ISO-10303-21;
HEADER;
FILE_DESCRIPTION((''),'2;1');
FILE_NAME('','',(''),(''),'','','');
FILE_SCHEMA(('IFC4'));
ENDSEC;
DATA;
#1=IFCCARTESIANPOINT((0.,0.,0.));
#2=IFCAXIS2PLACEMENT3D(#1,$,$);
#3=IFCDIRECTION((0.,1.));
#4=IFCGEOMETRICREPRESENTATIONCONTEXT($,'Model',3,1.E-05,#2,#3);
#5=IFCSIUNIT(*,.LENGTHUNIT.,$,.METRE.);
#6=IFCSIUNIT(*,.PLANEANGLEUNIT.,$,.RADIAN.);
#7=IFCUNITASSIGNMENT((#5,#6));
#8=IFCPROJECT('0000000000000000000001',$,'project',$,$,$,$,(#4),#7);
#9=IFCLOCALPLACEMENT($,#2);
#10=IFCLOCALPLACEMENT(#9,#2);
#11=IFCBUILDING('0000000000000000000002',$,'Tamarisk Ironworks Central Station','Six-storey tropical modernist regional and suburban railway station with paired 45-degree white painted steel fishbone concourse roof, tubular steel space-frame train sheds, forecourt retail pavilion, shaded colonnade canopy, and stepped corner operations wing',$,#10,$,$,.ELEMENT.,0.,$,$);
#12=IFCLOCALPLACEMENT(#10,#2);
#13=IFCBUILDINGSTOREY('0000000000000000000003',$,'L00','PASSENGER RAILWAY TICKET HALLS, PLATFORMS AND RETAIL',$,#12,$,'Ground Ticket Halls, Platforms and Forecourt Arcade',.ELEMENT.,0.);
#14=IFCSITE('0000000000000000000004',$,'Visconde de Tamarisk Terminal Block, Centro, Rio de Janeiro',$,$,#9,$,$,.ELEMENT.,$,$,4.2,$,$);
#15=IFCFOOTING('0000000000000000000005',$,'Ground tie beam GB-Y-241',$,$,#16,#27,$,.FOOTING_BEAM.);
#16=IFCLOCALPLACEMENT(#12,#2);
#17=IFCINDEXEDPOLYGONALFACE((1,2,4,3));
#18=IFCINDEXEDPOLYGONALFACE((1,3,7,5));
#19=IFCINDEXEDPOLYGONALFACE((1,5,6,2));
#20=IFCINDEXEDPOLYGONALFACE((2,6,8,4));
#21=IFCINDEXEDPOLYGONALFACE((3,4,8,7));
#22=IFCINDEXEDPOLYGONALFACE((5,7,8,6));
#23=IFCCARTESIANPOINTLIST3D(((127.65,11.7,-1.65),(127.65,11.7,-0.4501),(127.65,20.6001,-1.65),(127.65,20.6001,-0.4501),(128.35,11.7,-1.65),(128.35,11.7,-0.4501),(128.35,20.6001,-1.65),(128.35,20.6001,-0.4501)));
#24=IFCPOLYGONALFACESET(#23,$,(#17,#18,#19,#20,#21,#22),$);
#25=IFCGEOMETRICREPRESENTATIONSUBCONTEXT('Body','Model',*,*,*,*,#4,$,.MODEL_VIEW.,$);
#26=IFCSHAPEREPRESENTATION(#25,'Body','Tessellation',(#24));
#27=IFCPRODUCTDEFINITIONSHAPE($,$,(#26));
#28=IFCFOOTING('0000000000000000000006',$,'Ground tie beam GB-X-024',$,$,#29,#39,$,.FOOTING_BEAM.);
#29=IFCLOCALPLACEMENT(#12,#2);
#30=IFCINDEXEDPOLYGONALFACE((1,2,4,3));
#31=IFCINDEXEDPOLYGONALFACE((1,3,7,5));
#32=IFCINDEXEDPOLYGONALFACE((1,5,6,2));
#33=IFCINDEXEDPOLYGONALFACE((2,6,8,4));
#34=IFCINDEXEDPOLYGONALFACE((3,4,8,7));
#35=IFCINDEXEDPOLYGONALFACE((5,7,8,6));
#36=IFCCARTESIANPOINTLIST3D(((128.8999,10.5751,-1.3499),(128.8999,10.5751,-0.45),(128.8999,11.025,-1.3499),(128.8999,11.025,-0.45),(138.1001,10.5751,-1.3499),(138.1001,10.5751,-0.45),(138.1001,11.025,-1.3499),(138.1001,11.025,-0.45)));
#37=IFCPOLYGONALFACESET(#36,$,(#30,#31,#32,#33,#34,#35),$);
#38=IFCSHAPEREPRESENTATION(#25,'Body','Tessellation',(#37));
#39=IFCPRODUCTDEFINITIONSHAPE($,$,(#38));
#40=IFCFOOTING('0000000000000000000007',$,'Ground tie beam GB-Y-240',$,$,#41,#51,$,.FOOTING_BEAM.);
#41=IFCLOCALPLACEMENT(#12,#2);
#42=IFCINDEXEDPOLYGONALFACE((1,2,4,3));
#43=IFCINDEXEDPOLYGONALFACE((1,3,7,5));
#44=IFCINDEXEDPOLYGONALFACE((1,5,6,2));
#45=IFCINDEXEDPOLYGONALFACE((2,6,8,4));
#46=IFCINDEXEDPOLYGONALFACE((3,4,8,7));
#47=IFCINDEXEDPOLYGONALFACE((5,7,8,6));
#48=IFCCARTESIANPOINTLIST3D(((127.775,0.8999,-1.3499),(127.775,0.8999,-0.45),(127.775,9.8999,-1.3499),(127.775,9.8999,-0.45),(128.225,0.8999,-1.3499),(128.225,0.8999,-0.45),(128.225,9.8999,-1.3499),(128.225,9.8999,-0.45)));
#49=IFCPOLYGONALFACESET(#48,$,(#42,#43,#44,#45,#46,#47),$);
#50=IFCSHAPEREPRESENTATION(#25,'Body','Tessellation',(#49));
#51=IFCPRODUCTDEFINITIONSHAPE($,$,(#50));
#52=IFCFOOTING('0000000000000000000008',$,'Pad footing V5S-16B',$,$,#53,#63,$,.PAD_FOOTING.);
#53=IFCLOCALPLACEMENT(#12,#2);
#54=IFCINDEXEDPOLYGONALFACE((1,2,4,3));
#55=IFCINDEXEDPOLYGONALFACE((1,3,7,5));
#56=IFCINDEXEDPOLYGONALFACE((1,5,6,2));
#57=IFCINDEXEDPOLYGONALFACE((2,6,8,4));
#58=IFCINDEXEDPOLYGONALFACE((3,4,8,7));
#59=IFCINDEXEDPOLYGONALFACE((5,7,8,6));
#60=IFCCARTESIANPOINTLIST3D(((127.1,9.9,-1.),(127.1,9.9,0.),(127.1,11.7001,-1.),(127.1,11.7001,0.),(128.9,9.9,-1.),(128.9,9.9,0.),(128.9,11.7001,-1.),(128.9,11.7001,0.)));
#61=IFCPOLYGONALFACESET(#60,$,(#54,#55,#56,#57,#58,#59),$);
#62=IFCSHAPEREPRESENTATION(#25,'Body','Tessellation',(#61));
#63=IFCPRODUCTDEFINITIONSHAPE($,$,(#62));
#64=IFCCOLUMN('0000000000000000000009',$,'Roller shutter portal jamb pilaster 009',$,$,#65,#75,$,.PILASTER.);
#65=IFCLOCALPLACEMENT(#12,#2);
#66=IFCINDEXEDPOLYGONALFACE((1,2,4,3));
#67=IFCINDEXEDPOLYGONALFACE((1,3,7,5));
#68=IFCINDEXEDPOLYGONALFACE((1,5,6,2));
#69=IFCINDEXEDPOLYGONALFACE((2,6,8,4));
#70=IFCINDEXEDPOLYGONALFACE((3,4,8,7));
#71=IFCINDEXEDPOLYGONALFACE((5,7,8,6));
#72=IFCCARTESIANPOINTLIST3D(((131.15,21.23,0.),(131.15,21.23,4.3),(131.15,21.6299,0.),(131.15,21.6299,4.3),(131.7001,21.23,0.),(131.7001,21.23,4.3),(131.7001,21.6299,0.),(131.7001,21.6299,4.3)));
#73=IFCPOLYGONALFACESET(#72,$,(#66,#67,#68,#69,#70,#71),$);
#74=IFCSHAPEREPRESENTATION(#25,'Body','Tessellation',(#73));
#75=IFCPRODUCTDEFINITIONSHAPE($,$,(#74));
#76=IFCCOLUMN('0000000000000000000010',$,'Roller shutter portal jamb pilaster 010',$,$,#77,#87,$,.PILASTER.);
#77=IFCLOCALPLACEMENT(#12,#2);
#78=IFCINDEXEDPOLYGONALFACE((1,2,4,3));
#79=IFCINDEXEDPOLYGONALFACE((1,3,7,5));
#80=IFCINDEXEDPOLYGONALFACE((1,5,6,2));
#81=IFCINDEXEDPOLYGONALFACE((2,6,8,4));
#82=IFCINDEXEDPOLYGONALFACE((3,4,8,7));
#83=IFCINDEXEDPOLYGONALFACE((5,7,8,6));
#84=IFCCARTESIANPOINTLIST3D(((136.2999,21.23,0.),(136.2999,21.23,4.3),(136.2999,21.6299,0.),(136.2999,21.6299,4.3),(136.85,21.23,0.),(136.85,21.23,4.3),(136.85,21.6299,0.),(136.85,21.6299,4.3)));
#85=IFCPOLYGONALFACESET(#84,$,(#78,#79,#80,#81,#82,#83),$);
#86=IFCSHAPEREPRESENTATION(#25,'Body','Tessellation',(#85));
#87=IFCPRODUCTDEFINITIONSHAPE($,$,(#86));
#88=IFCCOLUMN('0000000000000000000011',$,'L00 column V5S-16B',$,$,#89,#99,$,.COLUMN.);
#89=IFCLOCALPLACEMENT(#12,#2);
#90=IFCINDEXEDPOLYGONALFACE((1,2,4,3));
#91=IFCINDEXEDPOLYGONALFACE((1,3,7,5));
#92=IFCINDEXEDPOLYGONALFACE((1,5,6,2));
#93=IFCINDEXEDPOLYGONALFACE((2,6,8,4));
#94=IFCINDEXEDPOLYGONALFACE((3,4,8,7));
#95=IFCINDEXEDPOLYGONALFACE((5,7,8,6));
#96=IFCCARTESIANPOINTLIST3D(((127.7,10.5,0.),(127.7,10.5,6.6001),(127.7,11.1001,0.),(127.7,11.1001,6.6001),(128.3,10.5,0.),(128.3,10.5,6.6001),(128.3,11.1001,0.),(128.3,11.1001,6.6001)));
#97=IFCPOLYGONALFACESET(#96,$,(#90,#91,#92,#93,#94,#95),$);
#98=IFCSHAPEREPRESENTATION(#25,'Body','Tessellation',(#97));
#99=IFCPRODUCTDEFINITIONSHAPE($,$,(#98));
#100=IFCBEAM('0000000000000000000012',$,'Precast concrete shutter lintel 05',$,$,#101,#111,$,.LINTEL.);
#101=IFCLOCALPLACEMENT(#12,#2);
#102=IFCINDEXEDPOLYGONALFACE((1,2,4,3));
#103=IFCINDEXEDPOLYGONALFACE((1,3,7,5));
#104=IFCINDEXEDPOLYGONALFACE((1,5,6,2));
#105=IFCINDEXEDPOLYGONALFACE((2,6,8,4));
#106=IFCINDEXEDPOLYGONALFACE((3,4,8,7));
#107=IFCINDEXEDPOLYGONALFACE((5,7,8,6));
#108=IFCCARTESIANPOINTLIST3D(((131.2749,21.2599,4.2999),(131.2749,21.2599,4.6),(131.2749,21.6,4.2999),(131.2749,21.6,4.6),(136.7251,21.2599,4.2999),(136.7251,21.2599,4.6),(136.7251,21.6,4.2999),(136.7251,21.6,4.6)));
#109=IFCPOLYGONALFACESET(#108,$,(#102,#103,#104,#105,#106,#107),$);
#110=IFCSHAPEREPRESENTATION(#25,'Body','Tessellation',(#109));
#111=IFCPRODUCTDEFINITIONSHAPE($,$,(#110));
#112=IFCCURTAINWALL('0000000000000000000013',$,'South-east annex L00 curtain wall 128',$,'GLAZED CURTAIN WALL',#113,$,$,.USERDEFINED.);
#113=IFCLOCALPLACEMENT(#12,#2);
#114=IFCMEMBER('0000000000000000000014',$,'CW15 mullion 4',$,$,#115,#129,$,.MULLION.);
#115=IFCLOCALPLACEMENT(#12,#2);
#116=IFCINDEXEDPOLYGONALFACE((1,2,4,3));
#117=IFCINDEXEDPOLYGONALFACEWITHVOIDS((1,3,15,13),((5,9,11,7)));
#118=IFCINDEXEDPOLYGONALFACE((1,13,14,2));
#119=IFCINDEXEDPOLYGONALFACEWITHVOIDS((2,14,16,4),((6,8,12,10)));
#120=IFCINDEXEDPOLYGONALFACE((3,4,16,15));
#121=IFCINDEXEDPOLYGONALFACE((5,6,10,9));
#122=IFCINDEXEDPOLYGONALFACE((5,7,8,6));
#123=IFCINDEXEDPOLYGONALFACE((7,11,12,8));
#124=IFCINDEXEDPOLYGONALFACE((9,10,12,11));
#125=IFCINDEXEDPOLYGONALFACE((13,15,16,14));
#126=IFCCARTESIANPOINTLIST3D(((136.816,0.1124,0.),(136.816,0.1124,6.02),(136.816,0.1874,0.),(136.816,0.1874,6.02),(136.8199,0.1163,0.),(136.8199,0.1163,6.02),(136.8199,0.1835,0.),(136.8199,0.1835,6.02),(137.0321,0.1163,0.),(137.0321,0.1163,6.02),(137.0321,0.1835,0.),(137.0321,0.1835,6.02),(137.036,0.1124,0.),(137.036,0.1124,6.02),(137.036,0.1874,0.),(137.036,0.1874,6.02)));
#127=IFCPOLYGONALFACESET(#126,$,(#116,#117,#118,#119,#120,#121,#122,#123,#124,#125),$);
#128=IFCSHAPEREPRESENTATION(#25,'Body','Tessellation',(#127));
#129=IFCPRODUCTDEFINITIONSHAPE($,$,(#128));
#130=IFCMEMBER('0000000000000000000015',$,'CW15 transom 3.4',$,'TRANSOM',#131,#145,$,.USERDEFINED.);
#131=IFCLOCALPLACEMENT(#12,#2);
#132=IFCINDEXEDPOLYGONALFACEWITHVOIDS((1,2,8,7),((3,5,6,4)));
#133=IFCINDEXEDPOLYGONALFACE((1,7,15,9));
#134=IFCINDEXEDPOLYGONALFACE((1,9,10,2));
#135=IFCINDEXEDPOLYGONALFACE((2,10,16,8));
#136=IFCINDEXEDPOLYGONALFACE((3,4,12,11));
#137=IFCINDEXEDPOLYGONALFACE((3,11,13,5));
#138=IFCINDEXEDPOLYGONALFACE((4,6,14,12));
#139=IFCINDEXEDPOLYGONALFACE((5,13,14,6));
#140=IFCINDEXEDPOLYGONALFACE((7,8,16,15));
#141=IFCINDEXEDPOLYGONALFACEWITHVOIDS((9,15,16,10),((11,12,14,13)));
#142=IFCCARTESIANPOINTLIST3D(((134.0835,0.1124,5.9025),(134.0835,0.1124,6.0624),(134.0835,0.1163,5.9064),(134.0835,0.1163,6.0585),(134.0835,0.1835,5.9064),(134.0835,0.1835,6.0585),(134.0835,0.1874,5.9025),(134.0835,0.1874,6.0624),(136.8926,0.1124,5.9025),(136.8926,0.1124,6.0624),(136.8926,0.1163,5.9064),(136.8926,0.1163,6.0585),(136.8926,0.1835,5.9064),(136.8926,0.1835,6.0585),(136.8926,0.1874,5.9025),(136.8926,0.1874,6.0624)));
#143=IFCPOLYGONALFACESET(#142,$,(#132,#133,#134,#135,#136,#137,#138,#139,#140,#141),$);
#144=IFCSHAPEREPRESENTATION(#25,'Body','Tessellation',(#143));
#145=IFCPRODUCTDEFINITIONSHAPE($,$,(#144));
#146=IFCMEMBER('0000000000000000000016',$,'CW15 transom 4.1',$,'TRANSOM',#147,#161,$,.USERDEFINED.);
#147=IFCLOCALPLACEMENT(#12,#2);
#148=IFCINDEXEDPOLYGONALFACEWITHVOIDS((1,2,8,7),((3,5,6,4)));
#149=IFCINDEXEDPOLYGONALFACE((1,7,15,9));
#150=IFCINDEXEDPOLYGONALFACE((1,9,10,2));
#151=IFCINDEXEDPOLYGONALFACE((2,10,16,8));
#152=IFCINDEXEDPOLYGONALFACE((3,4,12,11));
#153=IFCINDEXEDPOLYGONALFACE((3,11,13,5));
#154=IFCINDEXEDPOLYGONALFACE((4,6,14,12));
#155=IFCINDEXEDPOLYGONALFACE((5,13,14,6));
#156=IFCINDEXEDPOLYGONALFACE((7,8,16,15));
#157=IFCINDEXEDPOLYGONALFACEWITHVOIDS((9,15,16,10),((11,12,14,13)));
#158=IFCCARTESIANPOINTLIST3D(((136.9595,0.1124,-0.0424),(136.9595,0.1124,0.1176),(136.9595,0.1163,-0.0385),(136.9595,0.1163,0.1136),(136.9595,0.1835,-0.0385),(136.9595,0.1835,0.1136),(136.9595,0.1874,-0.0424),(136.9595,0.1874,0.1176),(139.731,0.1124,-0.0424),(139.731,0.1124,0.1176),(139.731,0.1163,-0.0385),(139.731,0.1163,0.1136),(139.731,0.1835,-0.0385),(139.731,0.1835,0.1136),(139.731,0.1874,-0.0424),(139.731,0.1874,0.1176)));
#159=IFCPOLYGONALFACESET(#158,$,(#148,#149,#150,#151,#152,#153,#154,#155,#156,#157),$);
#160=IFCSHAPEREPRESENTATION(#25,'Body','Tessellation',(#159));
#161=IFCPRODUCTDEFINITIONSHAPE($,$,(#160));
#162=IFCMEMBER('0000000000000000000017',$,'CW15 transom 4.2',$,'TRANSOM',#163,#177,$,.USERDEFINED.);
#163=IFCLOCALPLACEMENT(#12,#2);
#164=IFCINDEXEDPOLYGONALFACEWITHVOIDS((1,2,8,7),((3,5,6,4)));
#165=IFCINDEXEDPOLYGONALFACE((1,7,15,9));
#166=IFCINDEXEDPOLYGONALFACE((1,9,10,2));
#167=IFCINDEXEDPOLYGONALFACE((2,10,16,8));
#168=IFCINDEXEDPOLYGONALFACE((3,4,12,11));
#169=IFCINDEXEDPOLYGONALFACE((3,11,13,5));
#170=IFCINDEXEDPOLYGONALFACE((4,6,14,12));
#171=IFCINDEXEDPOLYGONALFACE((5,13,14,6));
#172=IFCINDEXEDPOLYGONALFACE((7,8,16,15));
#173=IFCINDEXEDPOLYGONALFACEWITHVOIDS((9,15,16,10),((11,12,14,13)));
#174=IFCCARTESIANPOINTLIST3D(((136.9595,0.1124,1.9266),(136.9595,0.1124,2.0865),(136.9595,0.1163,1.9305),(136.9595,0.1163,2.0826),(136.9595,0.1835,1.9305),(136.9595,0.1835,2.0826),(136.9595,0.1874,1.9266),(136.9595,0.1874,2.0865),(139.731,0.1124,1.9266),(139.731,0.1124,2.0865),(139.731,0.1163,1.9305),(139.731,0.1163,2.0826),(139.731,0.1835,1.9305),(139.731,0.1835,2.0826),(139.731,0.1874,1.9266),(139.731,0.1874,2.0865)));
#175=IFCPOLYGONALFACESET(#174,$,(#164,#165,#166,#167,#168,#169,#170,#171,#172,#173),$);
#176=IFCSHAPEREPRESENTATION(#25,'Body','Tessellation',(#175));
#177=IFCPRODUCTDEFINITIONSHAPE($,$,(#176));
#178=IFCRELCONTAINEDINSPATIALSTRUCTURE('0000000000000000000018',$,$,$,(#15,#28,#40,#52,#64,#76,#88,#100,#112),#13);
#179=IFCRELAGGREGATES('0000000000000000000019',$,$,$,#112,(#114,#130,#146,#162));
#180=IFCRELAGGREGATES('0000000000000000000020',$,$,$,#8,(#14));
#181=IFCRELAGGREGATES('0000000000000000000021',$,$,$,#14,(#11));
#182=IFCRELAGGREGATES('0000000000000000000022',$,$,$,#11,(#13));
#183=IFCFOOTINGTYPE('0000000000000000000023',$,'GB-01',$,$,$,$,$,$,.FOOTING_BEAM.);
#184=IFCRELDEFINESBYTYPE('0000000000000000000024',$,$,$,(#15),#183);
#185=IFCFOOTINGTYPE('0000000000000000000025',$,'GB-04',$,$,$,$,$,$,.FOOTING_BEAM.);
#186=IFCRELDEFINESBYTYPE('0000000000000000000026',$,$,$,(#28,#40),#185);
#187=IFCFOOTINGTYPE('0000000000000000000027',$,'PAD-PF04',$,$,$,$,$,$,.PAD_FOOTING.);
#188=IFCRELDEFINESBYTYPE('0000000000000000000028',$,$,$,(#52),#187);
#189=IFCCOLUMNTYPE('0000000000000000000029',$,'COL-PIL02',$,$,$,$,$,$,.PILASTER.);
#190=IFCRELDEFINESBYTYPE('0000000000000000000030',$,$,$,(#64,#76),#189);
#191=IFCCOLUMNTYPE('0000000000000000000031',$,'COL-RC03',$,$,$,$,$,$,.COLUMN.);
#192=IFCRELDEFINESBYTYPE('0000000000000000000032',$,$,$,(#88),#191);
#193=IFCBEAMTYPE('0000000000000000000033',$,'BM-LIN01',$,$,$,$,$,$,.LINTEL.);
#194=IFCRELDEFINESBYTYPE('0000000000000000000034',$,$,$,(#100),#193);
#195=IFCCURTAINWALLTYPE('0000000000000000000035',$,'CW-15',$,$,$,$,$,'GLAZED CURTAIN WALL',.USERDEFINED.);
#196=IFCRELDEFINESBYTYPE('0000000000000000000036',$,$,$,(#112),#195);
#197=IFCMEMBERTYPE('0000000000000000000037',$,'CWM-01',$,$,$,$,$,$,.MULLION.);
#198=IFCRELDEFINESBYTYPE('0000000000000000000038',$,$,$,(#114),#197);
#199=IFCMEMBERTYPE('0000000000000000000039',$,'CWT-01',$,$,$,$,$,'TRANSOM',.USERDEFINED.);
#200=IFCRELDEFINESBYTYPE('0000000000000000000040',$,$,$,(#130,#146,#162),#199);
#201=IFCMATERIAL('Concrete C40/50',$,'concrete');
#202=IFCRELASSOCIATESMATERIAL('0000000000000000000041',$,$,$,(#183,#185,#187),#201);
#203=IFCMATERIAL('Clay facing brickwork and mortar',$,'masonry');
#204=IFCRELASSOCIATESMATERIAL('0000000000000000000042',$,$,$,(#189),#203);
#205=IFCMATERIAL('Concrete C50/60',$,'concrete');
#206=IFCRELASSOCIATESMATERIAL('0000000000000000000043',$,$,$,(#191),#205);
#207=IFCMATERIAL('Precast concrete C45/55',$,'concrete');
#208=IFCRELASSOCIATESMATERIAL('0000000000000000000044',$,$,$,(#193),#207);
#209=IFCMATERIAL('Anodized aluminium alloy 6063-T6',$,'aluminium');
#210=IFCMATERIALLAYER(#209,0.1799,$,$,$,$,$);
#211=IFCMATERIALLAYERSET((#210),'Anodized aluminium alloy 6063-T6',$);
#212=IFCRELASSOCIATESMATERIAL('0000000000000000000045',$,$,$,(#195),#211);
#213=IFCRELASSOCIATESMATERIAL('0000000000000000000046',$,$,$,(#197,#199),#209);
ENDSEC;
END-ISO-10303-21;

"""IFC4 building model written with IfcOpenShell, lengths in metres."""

from ifc_helpers import new_model, si_unit, direction, frame, origin, origin_2d, place, context, subcontext, project, spatial, rectangle, hollow_rectangle, extrude, material, layer, layer_set, material_profile, profile_set, type_object, element, aggregate, save


model = new_model("IFC4")

# Units and contexts
model_context = context("Model", 3, precision=1e-05, world=origin(), true_north=direction((0.0, 1.0)))
body_context = subcontext(model_context, "Body", "Model", "MODEL_VIEW")
ifc_project = project(units=[si_unit("LENGTHUNIT", "METRE"), si_unit("PLANEANGLEUNIT", "RADIAN")], contexts=[model_context])

# Site, building, storey
site_placement = place(None, origin())
site = spatial("IfcSite", under=ifc_project, at=site_placement, Name="Visconde de Tamarisk Terminal Block, Centro, Rio de Janeiro", CompositionType="ELEMENT", RefElevation=4.2)
building_placement = place(site_placement, origin())
building = spatial("IfcBuilding", under=site, at=building_placement, Name="Tamarisk Ironworks Central Station", Description="Six-storey tropical modernist regional and suburban railway station with paired 45-degree white painted steel fishbone concourse roof, tubular steel space-frame train sheds, forecourt retail pavilion, shaded colonnade canopy, and stepped corner operations wing", CompositionType="ELEMENT", ElevationOfRefHeight=0.0)
storey_placement = place(building_placement, origin())
storey = spatial("IfcBuildingStorey", under=building, at=storey_placement, Name="L00", Description="PASSENGER RAILWAY TICKET HALLS, PLATFORMS AND RETAIL", LongName="Ground Ticket Halls, Platforms and Forecourt Arcade", CompositionType="ELEMENT", Elevation=0.0)

# Footings
ifc_material_1 = material(Name="Concrete C40/50", Category="concrete")
ifc_material_profile_1 = material_profile(ifc_material_1, rectangle(XDim=0.7, YDim=1.2, at=origin_2d()), Name="GB01 700x1200")
ifc_profile_set_1 = profile_set([ifc_material_profile_1], Name="Concrete C40/50")
footing_type_1 = type_object("IfcFootingType", Name="GB-01", PredefinedType="FOOTING_BEAM", material=ifc_profile_set_1)
footing_1_placement = place(storey_placement, frame((128.0, 11.7, -1.05), z_axis=(0.0, 1.0, 0.0), x_axis=(-1.0, 0.0, 0.0)))
element("IfcFooting", 1, at=footing_1_placement, inside=storey, type_object=footing_type_1, Name="Ground tie beam GB-Y-241", PredefinedType="FOOTING_BEAM", context=body_context, shape_type="SweptSolid", body=[
    extrude(rectangle(XDim=0.7, YDim=1.2, at=origin_2d()), origin(), (0.0, 0.0, 1.0), 8.9001),
])
ifc_material_profile_2 = material_profile(ifc_material_1, rectangle(XDim=0.45, YDim=0.8999, at=origin_2d()), Name="GB04 450x900")
ifc_profile_set_2 = profile_set([ifc_material_profile_2], Name="Concrete C40/50")
footing_type_2 = type_object("IfcFootingType", Name="GB-04", PredefinedType="FOOTING_BEAM", material=ifc_profile_set_2)
footing_2_placement = place(storey_placement, frame((128.8999, 10.8, -0.8999), z_axis=(1.0, 0.0, 0.0), x_axis=(0.0, 1.0, 0.0)))
element("IfcFooting", 2, at=footing_2_placement, inside=storey, type_object=footing_type_2, Name="Ground tie beam GB-X-024", PredefinedType="FOOTING_BEAM", context=body_context, shape_type="SweptSolid", body=[
    extrude(rectangle(XDim=0.45, YDim=0.8999, at=origin_2d()), origin(), (0.0, 0.0, 1.0), 9.2002),
])
footing_3_placement = place(storey_placement, frame((128.0, 0.8999, -0.8999), z_axis=(0.0, 1.0, 0.0), x_axis=(-1.0, 0.0, 0.0)))
element("IfcFooting", 3, at=footing_3_placement, inside=storey, type_object=footing_type_2, Name="Ground tie beam GB-Y-240", PredefinedType="FOOTING_BEAM", context=body_context, shape_type="SweptSolid", body=[
    extrude(rectangle(XDim=0.45, YDim=0.8999, at=origin_2d()), origin(), (0.0, 0.0, 1.0), 9.0),
])
footing_type_3 = type_object("IfcFootingType", Name="PAD-PF04", PredefinedType="PAD_FOOTING", material=ifc_material_1)
footing_4_placement = place(storey_placement, frame((128.0, 10.8, -1.0), z_axis=(0.0, 0.0, 1.0), x_axis=(1.0, 0.0, 0.0)))
element("IfcFooting", 4, at=footing_4_placement, inside=storey, type_object=footing_type_3, Name="Pad footing V5S-16B", PredefinedType="PAD_FOOTING", context=body_context, shape_type="SweptSolid", body=[
    extrude(rectangle(XDim=1.8, YDim=1.8, at=origin_2d()), origin(), (0.0, 0.0, 1.0), 1.0),
])

# Columns
ifc_material_2 = material(Name="Clay facing brickwork and mortar", Category="masonry")
ifc_material_profile_3 = material_profile(ifc_material_2, rectangle(XDim=0.55, YDim=0.3999, at=origin_2d()), Name="PIL 550x400")
ifc_profile_set_3 = profile_set([ifc_material_profile_3], Name="Clay facing brickwork and mortar")
column_type_1 = type_object("IfcColumnType", Name="COL-PIL02", PredefinedType="PILASTER", material=ifc_profile_set_3)
for number, where, z_axis, x_axis, name in (
    (5, (131.425, 21.4299, 0.0), (0.0, 0.0, 1.0), (1.0, 0.0, 0.0), "Roller shutter portal jamb pilaster 009"),
    (6, (136.575, 21.4299, 0.0), (0.0, 0.0, 1.0), (1.0, 0.0, 0.0), "Roller shutter portal jamb pilaster 010"),
):
    element("IfcColumn", number, at=place(storey_placement, frame(where, z_axis=z_axis, x_axis=x_axis)), inside=storey, type_object=column_type_1, Name=name, PredefinedType="PILASTER", context=body_context, shape_type="SweptSolid", body=[
        extrude(rectangle(XDim=0.55, YDim=0.3999, at=origin_2d()), origin(), (0.0, 0.0, 1.0), 4.3),
    ])
ifc_material_3 = material(Name="Concrete C50/60", Category="concrete")
ifc_material_profile_4 = material_profile(ifc_material_3, rectangle(XDim=0.6001, YDim=0.6001, at=origin_2d()), Name="RC 600x600")
ifc_profile_set_4 = profile_set([ifc_material_profile_4], Name="Concrete C50/60")
column_type_2 = type_object("IfcColumnType", Name="COL-RC03", PredefinedType="COLUMN", material=ifc_profile_set_4)
column_placement = place(storey_placement, frame((128.0, 10.8, 0.0), z_axis=(0.0, 0.0, 1.0), x_axis=(1.0, 0.0, 0.0)))
element("IfcColumn", 7, at=column_placement, inside=storey, type_object=column_type_2, Name="L00 column V5S-16B", PredefinedType="COLUMN", context=body_context, shape_type="SweptSolid", body=[
    extrude(rectangle(XDim=0.6001, YDim=0.6001, at=origin_2d()), origin(), (0.0, 0.0, 1.0), 6.6001),
])

# Beam
ifc_material_4 = material(Name="Precast concrete C45/55", Category="concrete")
ifc_material_profile_5 = material_profile(ifc_material_4, rectangle(XDim=0.3401, YDim=0.3, at=origin_2d()), Name="PC LINTEL 340x300")
ifc_profile_set_5 = profile_set([ifc_material_profile_5], Name="Precast concrete C45/55")
beam_type = type_object("IfcBeamType", Name="BM-LIN01", PredefinedType="LINTEL", material=ifc_profile_set_5)
beam_placement = place(storey_placement, frame((131.2749, 21.4299, 4.45), z_axis=(1.0, 0.0, 0.0), x_axis=(0.0, 1.0, 0.0)))
element("IfcBeam", 8, at=beam_placement, inside=storey, type_object=beam_type, Name="Precast concrete shutter lintel 05", PredefinedType="LINTEL", context=body_context, shape_type="SweptSolid", body=[
    extrude(rectangle(XDim=0.3401, YDim=0.3, at=origin_2d()), origin(), (0.0, 0.0, 1.0), 5.4502),
])

# Curtain wall, members
ifc_material_5 = material(Name="Anodized aluminium alloy 6063-T6", Category="aluminium")
ifc_layer_1 = layer(ifc_material_5, 0.1799)
ifc_layer_set_1 = layer_set([ifc_layer_1], Name="Anodized aluminium alloy 6063-T6")
curtain_wall_type = type_object("IfcCurtainWallType", Name="CW-15", ElementType="GLAZED CURTAIN WALL", PredefinedType="USERDEFINED", material=ifc_layer_set_1)
curtain_wall_placement = place(storey_placement, origin())
curtain_wall = element("IfcCurtainWall", 9, at=curtain_wall_placement, inside=storey, type_object=curtain_wall_type, Name="South-east annex L00 curtain wall 128", ObjectType="GLAZED CURTAIN WALL", PredefinedType="USERDEFINED")
ifc_material_profile_6 = material_profile(ifc_material_5, hollow_rectangle(XDim=0.075, YDim=0.22, WallThickness=0.0039, at=origin_2d()), Name="ALUM 220x75")
ifc_profile_set_6 = profile_set([ifc_material_profile_6], Name="Anodized aluminium alloy 6063-T6")
member_type_1 = type_object("IfcMemberType", Name="CWM-01", PredefinedType="MULLION", material=ifc_profile_set_6)
member_1_placement = place(storey_placement, frame((136.926, 0.1499, 0.0), z_axis=(0.0, 0.0, 1.0), x_axis=(0.0, 1.0, 0.0)))
member_1 = element("IfcMember", 10, at=member_1_placement, type_object=member_type_1, Name="CW15 mullion 4", PredefinedType="MULLION", context=body_context, shape_type="SweptSolid", body=[
    extrude(hollow_rectangle(XDim=0.075, YDim=0.22, WallThickness=0.0039, at=origin_2d()), origin(), (0.0, 0.0, 1.0), 6.02),
])
ifc_material_profile_7 = material_profile(ifc_material_5, hollow_rectangle(XDim=0.075, YDim=0.1599, WallThickness=0.0039, at=origin_2d()), Name="ALUM 160x75")
ifc_profile_set_7 = profile_set([ifc_material_profile_7], Name="Anodized aluminium alloy 6063-T6")
member_type_2 = type_object("IfcMemberType", Name="CWT-01", ElementType="TRANSOM", PredefinedType="USERDEFINED", material=ifc_profile_set_7)
member_2_placement = place(storey_placement, frame((134.0835, 0.1499, 5.9824), z_axis=(1.0, 0.0, 0.0), x_axis=(0.0, 1.0, 0.0)))
member_2 = element("IfcMember", 11, at=member_2_placement, type_object=member_type_2, Name="CW15 transom 3.4", ObjectType="TRANSOM", PredefinedType="USERDEFINED", context=body_context, shape_type="SweptSolid", body=[
    extrude(hollow_rectangle(XDim=0.075, YDim=0.1599, WallThickness=0.0039, at=origin_2d()), origin(), (0.0, 0.0, 1.0), 2.8091),
])
member_3_placement = place(storey_placement, frame((136.9595, 0.1499, 0.0376), z_axis=(1.0, 0.0, 0.0), x_axis=(0.0, 1.0, 0.0)))
member_3 = element("IfcMember", 12, at=member_3_placement, type_object=member_type_2, Name="CW15 transom 4.1", ObjectType="TRANSOM", PredefinedType="USERDEFINED", context=body_context, shape_type="SweptSolid", body=[
    extrude(hollow_rectangle(XDim=0.075, YDim=0.1599, WallThickness=0.0039, at=origin_2d()), origin(), (0.0, 0.0, 1.0), 2.7715),
])
member_4_placement = place(storey_placement, frame((136.9595, 0.1499, 2.0066), z_axis=(1.0, 0.0, 0.0), x_axis=(0.0, 1.0, 0.0)))
member_4 = element("IfcMember", 13, at=member_4_placement, type_object=member_type_2, Name="CW15 transom 4.2", ObjectType="TRANSOM", PredefinedType="USERDEFINED", context=body_context, shape_type="SweptSolid", body=[
    extrude(hollow_rectangle(XDim=0.075, YDim=0.1599, WallThickness=0.0039, at=origin_2d()), origin(), (0.0, 0.0, 1.0), 2.7715),
])
aggregate(curtain_wall, [member_1, member_2, member_3, member_4])

save(model, "model.ifc")
